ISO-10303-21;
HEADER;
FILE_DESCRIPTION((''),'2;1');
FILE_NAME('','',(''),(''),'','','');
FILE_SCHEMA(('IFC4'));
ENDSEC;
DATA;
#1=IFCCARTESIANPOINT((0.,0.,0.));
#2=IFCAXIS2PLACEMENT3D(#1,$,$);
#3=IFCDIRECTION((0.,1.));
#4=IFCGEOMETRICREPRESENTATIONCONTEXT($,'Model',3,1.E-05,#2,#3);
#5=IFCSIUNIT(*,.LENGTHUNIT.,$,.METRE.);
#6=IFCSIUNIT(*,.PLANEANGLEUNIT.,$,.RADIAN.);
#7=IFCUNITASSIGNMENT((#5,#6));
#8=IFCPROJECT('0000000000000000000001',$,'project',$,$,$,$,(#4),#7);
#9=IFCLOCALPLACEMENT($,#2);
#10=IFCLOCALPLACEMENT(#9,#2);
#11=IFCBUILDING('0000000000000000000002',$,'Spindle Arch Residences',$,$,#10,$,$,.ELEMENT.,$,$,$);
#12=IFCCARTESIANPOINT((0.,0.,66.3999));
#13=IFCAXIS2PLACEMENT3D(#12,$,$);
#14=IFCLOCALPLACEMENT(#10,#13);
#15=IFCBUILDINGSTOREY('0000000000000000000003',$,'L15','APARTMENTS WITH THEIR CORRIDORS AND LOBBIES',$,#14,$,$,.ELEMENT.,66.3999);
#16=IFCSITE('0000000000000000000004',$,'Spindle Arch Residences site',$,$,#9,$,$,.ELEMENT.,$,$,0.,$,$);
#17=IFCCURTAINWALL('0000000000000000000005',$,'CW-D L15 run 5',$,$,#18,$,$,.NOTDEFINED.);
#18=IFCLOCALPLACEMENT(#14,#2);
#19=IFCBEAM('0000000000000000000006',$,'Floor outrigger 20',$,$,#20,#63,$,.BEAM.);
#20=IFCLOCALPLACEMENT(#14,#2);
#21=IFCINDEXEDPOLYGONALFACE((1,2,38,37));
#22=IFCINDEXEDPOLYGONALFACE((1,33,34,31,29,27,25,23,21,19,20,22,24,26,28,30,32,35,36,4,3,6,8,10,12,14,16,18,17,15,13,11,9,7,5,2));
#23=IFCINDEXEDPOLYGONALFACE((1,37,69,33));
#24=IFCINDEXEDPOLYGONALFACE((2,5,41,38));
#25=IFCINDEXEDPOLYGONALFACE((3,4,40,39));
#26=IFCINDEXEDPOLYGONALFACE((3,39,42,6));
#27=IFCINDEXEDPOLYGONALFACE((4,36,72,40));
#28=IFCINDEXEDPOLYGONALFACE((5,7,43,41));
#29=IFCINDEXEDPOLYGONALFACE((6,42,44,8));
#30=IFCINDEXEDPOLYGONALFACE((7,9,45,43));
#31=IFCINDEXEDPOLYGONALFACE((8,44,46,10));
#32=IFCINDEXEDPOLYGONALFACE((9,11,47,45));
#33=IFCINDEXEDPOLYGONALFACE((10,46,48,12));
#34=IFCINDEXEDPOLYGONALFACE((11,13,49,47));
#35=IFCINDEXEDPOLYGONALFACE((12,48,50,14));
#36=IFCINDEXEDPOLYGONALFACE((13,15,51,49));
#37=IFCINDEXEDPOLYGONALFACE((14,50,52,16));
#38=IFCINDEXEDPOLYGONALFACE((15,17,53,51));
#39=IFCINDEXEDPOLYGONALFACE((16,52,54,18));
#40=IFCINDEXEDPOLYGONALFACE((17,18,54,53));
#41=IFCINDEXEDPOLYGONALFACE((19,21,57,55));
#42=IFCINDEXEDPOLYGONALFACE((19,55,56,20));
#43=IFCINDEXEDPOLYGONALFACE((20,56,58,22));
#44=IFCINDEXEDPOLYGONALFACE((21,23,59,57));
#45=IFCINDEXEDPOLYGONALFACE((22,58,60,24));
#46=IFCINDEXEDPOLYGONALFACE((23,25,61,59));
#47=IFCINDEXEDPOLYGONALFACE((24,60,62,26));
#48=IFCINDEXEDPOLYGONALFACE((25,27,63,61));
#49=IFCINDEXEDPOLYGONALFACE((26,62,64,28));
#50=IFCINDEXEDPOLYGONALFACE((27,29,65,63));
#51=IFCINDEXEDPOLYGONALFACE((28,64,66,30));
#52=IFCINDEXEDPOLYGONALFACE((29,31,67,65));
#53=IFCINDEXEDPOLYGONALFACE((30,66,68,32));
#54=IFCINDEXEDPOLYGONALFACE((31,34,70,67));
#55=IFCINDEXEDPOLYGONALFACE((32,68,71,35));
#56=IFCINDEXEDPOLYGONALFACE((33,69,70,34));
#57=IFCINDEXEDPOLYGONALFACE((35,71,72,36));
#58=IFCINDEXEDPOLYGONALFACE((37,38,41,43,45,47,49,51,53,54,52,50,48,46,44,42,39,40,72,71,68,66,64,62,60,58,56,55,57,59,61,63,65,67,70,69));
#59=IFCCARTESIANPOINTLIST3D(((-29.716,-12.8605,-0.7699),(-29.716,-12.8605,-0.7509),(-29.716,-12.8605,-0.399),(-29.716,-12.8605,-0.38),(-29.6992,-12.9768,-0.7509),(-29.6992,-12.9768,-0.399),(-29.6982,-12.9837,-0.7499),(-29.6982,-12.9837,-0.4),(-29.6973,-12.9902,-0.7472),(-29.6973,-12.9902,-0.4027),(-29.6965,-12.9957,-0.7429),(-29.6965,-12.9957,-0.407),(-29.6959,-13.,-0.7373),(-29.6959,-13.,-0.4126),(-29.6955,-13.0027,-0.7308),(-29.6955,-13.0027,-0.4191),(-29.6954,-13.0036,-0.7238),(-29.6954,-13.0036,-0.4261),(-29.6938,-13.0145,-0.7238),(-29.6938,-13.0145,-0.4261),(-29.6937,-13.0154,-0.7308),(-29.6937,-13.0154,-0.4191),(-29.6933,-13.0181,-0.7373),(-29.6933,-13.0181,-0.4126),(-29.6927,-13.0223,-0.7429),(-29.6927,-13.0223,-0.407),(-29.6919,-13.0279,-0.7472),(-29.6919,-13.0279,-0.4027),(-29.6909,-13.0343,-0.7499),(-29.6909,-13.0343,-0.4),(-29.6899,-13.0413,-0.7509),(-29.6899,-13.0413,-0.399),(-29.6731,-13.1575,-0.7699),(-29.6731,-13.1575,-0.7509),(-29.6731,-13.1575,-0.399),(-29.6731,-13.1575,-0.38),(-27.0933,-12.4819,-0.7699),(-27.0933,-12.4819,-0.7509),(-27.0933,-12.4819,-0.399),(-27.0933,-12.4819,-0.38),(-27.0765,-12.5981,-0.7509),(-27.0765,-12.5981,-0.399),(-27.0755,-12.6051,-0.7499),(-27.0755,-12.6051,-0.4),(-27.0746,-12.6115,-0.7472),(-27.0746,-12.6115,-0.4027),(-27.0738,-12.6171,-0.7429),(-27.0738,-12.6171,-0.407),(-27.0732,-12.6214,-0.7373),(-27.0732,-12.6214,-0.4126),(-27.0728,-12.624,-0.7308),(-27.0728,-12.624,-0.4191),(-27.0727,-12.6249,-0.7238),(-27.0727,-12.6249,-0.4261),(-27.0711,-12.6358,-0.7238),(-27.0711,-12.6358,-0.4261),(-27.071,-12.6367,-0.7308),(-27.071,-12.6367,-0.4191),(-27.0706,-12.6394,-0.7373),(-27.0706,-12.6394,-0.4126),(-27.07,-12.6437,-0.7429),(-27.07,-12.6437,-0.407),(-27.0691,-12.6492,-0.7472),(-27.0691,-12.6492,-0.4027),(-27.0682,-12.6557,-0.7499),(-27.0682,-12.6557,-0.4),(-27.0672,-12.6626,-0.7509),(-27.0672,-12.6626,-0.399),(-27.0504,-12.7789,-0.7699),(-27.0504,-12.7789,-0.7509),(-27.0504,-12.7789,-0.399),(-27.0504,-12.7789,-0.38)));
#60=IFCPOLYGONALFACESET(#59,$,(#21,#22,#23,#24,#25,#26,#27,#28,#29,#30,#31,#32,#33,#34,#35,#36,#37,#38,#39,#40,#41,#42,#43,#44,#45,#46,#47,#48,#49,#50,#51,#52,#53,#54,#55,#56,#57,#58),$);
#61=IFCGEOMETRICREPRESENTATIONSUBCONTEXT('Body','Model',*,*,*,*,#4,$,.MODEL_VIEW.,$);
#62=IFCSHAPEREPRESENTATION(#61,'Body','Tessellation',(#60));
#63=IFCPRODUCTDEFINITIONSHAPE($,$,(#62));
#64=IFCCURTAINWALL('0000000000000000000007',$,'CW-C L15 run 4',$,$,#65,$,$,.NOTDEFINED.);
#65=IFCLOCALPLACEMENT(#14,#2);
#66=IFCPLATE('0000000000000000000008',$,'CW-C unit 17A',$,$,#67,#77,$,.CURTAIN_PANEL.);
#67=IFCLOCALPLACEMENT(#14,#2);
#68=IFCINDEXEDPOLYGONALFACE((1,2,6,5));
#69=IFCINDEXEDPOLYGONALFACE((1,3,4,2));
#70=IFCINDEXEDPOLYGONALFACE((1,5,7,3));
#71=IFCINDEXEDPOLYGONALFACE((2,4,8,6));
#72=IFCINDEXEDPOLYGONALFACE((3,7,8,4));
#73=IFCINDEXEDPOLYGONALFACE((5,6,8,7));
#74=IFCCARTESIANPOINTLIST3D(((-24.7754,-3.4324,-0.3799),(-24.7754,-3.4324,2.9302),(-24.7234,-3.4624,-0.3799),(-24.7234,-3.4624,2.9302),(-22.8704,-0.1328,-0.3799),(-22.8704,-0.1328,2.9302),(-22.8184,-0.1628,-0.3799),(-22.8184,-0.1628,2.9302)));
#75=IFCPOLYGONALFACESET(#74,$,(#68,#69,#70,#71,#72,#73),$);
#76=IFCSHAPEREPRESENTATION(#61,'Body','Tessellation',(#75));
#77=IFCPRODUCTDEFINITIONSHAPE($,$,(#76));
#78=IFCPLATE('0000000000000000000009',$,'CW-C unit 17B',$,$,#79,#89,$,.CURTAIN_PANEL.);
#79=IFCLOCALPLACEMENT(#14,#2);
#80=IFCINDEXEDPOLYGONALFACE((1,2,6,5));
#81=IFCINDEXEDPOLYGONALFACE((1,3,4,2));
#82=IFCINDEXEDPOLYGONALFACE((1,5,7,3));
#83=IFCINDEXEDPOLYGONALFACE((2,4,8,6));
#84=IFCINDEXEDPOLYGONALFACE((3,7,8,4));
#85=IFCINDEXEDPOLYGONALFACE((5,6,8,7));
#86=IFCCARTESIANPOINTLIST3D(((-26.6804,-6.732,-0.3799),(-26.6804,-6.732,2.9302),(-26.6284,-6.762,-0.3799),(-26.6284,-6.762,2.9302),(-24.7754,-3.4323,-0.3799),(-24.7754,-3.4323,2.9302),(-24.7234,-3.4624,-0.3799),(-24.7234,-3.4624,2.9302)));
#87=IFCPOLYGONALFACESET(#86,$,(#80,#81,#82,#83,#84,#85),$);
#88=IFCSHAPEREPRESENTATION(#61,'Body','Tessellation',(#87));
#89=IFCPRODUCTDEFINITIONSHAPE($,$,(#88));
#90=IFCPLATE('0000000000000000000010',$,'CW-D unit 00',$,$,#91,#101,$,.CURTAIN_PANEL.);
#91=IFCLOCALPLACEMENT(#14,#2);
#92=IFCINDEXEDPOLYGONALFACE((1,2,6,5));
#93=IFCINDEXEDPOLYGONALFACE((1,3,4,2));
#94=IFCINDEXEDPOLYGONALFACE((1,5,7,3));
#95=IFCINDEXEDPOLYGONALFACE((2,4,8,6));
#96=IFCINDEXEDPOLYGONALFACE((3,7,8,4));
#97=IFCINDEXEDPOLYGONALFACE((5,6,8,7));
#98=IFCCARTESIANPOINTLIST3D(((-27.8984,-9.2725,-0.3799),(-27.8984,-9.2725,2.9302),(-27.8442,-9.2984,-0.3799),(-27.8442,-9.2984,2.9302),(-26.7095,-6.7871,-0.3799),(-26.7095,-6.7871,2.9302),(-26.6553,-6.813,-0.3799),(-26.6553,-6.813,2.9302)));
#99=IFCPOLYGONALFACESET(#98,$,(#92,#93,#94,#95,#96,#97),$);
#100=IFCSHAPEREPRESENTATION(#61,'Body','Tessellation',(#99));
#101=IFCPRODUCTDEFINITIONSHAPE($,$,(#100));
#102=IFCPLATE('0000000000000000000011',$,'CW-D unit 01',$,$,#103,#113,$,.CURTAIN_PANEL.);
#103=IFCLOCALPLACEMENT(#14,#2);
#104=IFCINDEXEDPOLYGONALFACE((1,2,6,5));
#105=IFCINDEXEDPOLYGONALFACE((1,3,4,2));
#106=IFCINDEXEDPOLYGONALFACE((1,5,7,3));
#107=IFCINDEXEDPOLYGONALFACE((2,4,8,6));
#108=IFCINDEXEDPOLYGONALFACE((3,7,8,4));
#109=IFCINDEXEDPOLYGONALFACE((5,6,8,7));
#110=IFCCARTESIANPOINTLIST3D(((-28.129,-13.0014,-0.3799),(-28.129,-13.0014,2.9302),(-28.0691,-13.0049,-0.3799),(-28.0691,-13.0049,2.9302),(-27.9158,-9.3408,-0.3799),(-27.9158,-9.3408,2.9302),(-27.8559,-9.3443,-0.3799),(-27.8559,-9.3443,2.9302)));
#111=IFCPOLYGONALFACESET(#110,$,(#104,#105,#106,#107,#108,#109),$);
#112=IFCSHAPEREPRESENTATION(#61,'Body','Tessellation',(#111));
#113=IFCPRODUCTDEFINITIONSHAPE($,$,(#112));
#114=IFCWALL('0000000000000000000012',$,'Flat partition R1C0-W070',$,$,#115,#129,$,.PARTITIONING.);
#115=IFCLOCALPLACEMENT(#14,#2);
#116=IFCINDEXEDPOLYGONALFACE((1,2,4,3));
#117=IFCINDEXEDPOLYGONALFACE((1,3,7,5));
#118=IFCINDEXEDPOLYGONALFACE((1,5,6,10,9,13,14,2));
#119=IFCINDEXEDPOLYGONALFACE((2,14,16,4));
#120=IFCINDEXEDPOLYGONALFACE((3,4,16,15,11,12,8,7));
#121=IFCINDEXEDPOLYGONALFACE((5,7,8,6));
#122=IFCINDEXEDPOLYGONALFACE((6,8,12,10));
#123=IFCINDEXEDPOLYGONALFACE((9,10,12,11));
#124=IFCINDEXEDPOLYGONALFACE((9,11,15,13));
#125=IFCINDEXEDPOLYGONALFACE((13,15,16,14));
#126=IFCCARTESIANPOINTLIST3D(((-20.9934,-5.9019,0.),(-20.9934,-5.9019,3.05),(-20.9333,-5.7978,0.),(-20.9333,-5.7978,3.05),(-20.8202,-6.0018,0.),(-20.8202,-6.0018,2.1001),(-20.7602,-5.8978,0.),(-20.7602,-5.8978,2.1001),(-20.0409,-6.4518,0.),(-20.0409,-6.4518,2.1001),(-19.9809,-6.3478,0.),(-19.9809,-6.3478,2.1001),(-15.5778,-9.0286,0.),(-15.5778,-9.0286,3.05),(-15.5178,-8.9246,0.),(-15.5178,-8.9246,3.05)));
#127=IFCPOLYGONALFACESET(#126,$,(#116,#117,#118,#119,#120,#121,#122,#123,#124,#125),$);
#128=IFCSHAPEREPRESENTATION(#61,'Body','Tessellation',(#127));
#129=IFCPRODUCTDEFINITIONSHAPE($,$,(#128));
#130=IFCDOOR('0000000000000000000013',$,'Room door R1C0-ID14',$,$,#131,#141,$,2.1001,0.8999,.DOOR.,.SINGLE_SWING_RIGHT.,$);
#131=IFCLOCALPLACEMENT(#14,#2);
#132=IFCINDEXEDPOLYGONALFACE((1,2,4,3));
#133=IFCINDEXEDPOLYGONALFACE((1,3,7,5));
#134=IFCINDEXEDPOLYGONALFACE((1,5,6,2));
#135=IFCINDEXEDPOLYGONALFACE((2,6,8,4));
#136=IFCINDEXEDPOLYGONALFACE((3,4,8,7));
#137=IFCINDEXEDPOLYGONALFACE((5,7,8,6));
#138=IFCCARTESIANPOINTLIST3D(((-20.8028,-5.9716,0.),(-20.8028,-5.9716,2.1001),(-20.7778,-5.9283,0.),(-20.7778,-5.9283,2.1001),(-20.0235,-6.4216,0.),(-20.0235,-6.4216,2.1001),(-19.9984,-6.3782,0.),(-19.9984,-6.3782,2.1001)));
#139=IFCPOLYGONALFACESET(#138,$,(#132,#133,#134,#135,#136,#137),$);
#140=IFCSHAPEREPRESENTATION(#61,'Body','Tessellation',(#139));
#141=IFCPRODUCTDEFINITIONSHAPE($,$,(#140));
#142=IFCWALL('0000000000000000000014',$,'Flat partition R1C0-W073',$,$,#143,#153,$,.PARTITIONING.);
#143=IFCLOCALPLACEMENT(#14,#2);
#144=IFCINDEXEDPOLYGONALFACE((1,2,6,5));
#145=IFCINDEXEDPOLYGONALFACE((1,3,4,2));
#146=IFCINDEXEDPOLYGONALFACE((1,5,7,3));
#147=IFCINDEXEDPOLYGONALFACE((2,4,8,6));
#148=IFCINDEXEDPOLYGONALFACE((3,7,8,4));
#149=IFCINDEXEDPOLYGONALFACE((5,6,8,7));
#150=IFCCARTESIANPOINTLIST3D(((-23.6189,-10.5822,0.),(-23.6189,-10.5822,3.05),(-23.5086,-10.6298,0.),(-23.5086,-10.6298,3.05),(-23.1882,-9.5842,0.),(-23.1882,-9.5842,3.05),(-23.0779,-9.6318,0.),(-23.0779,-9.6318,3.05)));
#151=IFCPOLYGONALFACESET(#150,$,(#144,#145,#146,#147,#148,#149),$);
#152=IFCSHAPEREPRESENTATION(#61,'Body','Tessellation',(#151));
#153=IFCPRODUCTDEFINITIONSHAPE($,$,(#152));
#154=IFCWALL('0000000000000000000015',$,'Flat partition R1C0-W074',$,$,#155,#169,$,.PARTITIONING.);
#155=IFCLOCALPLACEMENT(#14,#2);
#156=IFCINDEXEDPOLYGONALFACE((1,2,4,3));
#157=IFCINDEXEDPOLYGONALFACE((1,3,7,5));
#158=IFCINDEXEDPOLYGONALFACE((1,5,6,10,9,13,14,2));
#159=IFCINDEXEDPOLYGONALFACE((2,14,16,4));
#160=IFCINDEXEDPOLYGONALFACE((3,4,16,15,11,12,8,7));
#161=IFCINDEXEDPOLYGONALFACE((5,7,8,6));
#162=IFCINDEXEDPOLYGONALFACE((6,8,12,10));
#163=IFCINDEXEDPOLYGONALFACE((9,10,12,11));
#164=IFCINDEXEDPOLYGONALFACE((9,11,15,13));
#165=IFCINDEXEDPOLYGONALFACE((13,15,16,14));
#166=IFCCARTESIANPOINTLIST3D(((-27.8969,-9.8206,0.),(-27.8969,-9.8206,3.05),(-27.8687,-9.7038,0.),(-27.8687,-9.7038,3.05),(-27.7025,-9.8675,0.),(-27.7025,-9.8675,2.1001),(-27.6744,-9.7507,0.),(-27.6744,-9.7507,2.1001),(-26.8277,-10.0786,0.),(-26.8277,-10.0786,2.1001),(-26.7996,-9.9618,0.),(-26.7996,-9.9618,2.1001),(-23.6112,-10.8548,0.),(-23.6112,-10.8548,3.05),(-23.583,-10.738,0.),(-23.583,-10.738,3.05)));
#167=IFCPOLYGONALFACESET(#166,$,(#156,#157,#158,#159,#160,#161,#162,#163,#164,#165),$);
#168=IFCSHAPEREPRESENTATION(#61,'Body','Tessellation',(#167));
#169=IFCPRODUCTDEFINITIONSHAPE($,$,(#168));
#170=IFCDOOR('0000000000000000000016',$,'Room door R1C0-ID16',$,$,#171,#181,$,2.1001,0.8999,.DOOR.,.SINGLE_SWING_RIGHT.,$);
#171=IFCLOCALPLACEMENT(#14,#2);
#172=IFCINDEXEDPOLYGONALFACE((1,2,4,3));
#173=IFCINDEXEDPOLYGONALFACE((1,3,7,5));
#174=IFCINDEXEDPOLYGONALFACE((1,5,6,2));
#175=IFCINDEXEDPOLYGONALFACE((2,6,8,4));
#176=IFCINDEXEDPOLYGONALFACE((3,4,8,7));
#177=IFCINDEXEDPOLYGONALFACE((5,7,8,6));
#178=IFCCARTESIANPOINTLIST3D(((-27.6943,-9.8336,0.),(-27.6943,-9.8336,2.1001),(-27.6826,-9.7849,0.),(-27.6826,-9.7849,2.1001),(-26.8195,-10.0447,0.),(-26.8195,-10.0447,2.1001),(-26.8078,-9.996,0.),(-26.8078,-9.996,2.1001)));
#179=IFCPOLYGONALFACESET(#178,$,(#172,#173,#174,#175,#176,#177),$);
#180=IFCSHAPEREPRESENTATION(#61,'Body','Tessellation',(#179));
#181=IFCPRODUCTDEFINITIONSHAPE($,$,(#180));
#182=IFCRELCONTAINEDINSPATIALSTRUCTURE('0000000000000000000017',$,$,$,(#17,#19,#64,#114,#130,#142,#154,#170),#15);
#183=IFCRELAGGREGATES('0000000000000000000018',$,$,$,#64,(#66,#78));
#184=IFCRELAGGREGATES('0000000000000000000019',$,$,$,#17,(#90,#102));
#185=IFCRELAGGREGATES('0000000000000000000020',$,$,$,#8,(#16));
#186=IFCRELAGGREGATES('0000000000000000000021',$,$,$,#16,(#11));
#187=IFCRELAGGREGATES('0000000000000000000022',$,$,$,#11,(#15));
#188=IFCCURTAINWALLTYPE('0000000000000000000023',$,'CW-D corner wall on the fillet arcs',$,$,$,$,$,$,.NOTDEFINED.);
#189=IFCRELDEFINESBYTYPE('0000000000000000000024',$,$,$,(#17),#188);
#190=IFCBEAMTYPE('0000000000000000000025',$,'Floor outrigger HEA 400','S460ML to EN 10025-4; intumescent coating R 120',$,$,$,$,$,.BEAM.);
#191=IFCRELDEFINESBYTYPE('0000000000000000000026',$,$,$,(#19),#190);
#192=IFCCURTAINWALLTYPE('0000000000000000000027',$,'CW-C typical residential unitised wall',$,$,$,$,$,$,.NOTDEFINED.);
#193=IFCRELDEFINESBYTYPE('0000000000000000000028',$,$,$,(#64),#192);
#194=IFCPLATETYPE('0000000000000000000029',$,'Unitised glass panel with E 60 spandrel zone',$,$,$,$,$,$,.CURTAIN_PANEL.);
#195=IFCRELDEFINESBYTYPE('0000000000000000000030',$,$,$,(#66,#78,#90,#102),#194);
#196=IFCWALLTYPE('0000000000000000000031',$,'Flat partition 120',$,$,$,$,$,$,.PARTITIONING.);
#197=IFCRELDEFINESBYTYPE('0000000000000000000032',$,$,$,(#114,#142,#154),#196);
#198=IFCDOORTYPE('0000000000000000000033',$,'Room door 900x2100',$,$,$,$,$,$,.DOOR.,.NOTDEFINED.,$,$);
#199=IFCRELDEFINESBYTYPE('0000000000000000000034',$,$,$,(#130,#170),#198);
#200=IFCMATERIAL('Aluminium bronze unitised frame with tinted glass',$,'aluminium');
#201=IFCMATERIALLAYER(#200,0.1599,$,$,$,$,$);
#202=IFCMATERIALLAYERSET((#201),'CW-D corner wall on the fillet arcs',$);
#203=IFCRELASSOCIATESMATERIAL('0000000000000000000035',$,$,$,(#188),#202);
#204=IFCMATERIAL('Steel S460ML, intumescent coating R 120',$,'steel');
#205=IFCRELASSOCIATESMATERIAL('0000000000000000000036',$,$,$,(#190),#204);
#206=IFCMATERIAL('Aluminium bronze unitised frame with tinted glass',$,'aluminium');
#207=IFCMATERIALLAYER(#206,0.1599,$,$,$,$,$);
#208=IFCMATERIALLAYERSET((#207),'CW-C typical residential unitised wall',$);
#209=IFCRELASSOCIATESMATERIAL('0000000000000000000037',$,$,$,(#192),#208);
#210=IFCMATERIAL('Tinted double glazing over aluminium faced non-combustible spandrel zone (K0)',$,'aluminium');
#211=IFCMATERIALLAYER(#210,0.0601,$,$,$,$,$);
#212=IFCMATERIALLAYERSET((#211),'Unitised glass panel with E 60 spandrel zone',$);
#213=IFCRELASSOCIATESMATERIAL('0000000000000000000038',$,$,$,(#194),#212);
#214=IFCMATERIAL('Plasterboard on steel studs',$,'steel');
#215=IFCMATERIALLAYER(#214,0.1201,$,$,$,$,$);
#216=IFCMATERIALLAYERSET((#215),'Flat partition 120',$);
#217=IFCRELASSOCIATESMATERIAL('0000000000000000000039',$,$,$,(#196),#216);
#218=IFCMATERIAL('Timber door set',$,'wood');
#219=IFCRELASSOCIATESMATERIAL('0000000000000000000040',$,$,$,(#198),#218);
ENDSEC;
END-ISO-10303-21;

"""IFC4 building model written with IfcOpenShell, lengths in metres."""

from ifc_helpers import new_model, si_unit, direction, frame, frame_2d, origin, origin_2d, place, context, subcontext, project, spatial, rectangle, i_section, extrude, material, layer, layer_set, material_profile, profile_set, type_object, element, fill, aggregate, save


model = new_model("IFC4")

# Units and contexts
model_context = context("Model", 3, precision=1e-05, world=origin(), true_north=direction((0.0, 1.0)))
body_context = subcontext(model_context, "Body", "Model", "MODEL_VIEW")
ifc_project = project(units=[si_unit("LENGTHUNIT", "METRE"), si_unit("PLANEANGLEUNIT", "RADIAN")], contexts=[model_context])

# Site, building, storey
site_placement = place(None, origin())
site = spatial("IfcSite", under=ifc_project, at=site_placement, Name="Spindle Arch Residences site", CompositionType="ELEMENT", RefElevation=0.0)
building_placement = place(site_placement, origin())
building = spatial("IfcBuilding", under=site, at=building_placement, Name="Spindle Arch Residences", CompositionType="ELEMENT")
storey_placement = place(building_placement, frame((0.0, 0.0, 66.3999)))
storey = spatial("IfcBuildingStorey", under=building, at=storey_placement, Name="L15", Description="APARTMENTS WITH THEIR CORRIDORS AND LOBBIES", CompositionType="ELEMENT", Elevation=66.3999)

# Curtain wall
ifc_material_1 = material(Name="Aluminium bronze unitised frame with tinted glass", Category="aluminium")
ifc_layer_1 = layer(ifc_material_1, 0.1599)
ifc_layer_set_1 = layer_set([ifc_layer_1], Name="CW-D corner wall on the fillet arcs")
curtain_wall_type_1 = type_object("IfcCurtainWallType", Name="CW-D corner wall on the fillet arcs", PredefinedType="NOTDEFINED", material=ifc_layer_set_1)
curtain_wall_1_placement = place(storey_placement, origin())
curtain_wall_1 = element("IfcCurtainWall", 1, at=curtain_wall_1_placement, inside=storey, type_object=curtain_wall_type_1, Name="CW-D L15 run 5", PredefinedType="NOTDEFINED")

# Beam
ifc_material_2 = material(Name="Steel S460ML, intumescent coating R 120", Category="steel")
ifc_material_profile_1 = material_profile(ifc_material_2, i_section(OverallWidth=0.3, OverallDepth=0.3899, WebThickness=0.011, FlangeThickness=0.019, FilletRadius=0.0271, at=origin_2d()), Name="HEA 400")
ifc_profile_set_1 = profile_set([ifc_material_profile_1], Name="Steel S460ML, intumescent coating R 120")
beam_type_1 = type_object("IfcBeamType", Name="Floor outrigger HEA 400", Description="S460ML to EN 10025-4; intumescent coating R 120", PredefinedType="BEAM", material=ifc_profile_set_1)
beam_1_placement = place(storey_placement, frame((-29.6946, -13.009, -0.575), z_axis=(0.989738, 0.142892, 0.0), x_axis=(-0.142892, 0.989738, 0.0)))
element("IfcBeam", 2, at=beam_1_placement, inside=storey, type_object=beam_type_1, Name="Floor outrigger 20", PredefinedType="BEAM", context=body_context, shape_type="SweptSolid", body=[
    extrude(i_section(OverallWidth=0.3, OverallDepth=0.3899, WebThickness=0.011, FlangeThickness=0.019, FilletRadius=0.0271, at=origin_2d()), origin(), (0.0, 0.0, 1.0), 2.6499),
])

# Curtain wall, plates
ifc_material_3 = material(Name="Aluminium bronze unitised frame with tinted glass", Category="aluminium")
ifc_layer_2 = layer(ifc_material_3, 0.1599)
ifc_layer_set_2 = layer_set([ifc_layer_2], Name="CW-C typical residential unitised wall")
curtain_wall_type_2 = type_object("IfcCurtainWallType", Name="CW-C typical residential unitised wall", PredefinedType="NOTDEFINED", material=ifc_layer_set_2)
curtain_wall_2_placement = place(storey_placement, origin())
curtain_wall_2 = element("IfcCurtainWall", 3, at=curtain_wall_2_placement, inside=storey, type_object=curtain_wall_type_2, Name="CW-C L15 run 4", PredefinedType="NOTDEFINED")
ifc_material_4 = material(Name="Tinted double glazing over aluminium faced non-combustible spandrel zone (K0)", Category="aluminium")
ifc_layer_3 = layer(ifc_material_4, 0.0601)
ifc_layer_set_3 = layer_set([ifc_layer_3], Name="Unitised glass panel with E 60 spandrel zone")
plate_type = type_object("IfcPlateType", Name="Unitised glass panel with E 60 spandrel zone", PredefinedType="CURTAIN_PANEL", material=ifc_layer_set_3)
plate_1_placement = place(storey_placement, frame((-23.7969, -1.7976, -0.3799), z_axis=(0.0, 0.0, 1.0), x_axis=(-0.5, -0.866025, 0.0)))
plate_1 = element("IfcPlate", 4, at=plate_1_placement, type_object=plate_type, Name="CW-C unit 17A", PredefinedType="CURTAIN_PANEL", context=body_context, shape_type="SweptSolid", body=[
    extrude(rectangle(XDim=3.8101, YDim=0.0601, at=origin_2d()), origin(), (0.0, 0.0, 1.0), 3.3101),
])
plate_2_placement = place(storey_placement, frame((-25.7019, -5.0972, -0.3799), z_axis=(0.0, 0.0, 1.0), x_axis=(-0.5, -0.866025, 0.0)))
plate_2 = element("IfcPlate", 5, at=plate_2_placement, type_object=plate_type, Name="CW-C unit 17B", PredefinedType="CURTAIN_PANEL", context=body_context, shape_type="SweptSolid", body=[
    extrude(rectangle(XDim=3.8101, YDim=0.0601, at=origin_2d()), origin(), (0.0, 0.0, 1.0), 3.3101),
])
aggregate(curtain_wall_2, [plate_1, plate_2])

# Plates
plate_3_placement = place(storey_placement, frame((-27.2769, -8.0427, -0.3799), z_axis=(0.0, 0.0, 1.0), x_axis=(-0.431502, -0.902112, 0.0)))
plate_3 = element("IfcPlate", 6, at=plate_3_placement, type_object=plate_type, Name="CW-D unit 00", PredefinedType="CURTAIN_PANEL", context=body_context, shape_type="SweptSolid", body=[
    extrude(rectangle(XDim=2.7551, YDim=0.0601, at=origin_2d()), origin(), (0.0, 0.0, 1.0), 3.3101),
])
plate_4_placement = place(storey_placement, frame((-27.9924, -11.1729, -0.3799), z_axis=(0.0, 0.0, 1.0), x_axis=(-0.058145, -0.998308, 0.0)))
plate_4 = element("IfcPlate", 7, at=plate_4_placement, type_object=plate_type, Name="CW-D unit 01", PredefinedType="CURTAIN_PANEL", context=body_context, shape_type="SweptSolid", body=[
    extrude(rectangle(XDim=3.6667, YDim=0.0601, at=origin_2d()), origin(), (0.0, 0.0, 1.0), 3.3101),
])
aggregate(curtain_wall_1, [plate_3, plate_4])

# Wall, opening, door
ifc_material_5 = material(Name="Plasterboard on steel studs", Category="steel")
ifc_layer_4 = layer(ifc_material_5, 0.1201)
ifc_layer_set_4 = layer_set([ifc_layer_4], Name="Flat partition 120")
wall_type_1 = type_object("IfcWallType", Name="Flat partition 120", PredefinedType="PARTITIONING", material=ifc_layer_set_4)
wall_1_placement = place(storey_placement, frame((-20.9634, -5.8499, 0.0), z_axis=(0.0, 0.0, 1.0), x_axis=(0.866022, -0.500006, 0.0)))
wall_1 = element("IfcWall", 8, at=wall_1_placement, inside=storey, type_object=wall_type_1, Name="Flat partition R1C0-W070", PredefinedType="PARTITIONING", context=body_context, shape_type="SweptSolid", body=[
    extrude(rectangle(XDim=6.2534, YDim=0.1201, at=frame_2d((3.1267, 0.0))), origin(), (0.0, 0.0, 1.0), 3.05),
])
opening_1_placement = place(wall_1_placement, frame((0.2, 0.0, 0.0)))
opening_1 = element("IfcOpeningElement", 9, at=opening_1_placement, cuts=wall_1, PredefinedType="OPENING", context=body_context, shape_type="SweptSolid", body=[
    extrude(rectangle(XDim=0.8999, YDim=2.1001, at=frame_2d((0.45, 1.05))), frame((0.0, 0.0701, 0.0), z_axis=(0.0, -1.0, 0.0), x_axis=(1.0, 0.0, 0.0)), (0.0, 0.0, 1.0), 0.1401),
])
ifc_material_6 = material(Name="Timber door set", Category="wood")
door_type = type_object("IfcDoorType", Name="Room door 900x2100", OperationType="NOTDEFINED", PredefinedType="DOOR", material=ifc_material_6)
door_1_placement = place(opening_1_placement, origin())
door_1 = element("IfcDoor", 10, at=door_1_placement, inside=storey, type_object=door_type, Name="Room door R1C0-ID14", OperationType="SINGLE_SWING_RIGHT", OverallHeight=2.1001, OverallWidth=0.8999, PredefinedType="DOOR", context=body_context, shape_type="SweptSolid", body=[
    extrude(rectangle(XDim=0.8999, YDim=2.1001, at=frame_2d((0.45, 1.05))), frame((0.0, 0.0249, 0.0), z_axis=(0.0, -1.0, 0.0), x_axis=(1.0, 0.0, 0.0)), (0.0, 0.0, 1.0), 0.05),
])
fill(opening_1, door_1)

# Wall
wall_2_placement = place(storey_placement, frame((-23.5637, -10.606, 0.0), z_axis=(0.0, 0.0, 1.0), x_axis=(0.396195, 0.918166, 0.0)))
element("IfcWall", 11, at=wall_2_placement, inside=storey, type_object=wall_type_1, Name="Flat partition R1C0-W073", PredefinedType="PARTITIONING", context=body_context, shape_type="SweptSolid", body=[
    extrude(rectangle(XDim=1.0869, YDim=0.1201, at=frame_2d((0.5435, 0.0))), origin(), (0.0, 0.0, 1.0), 3.05),
])

# Wall, opening, door
wall_3_placement = place(storey_placement, frame((-27.8828, -9.7622, 0.0), z_axis=(0.0, 0.0, 1.0), x_axis=(0.972097, -0.234579, 0.0)))
wall_3 = element("IfcWall", 12, at=wall_3_placement, inside=storey, type_object=wall_type_1, Name="Flat partition R1C0-W074", PredefinedType="PARTITIONING", context=body_context, shape_type="SweptSolid", body=[
    extrude(rectangle(XDim=4.4087, YDim=0.1201, at=frame_2d((2.2043, 0.0))), origin(), (0.0, 0.0, 1.0), 3.05),
])
opening_2_placement = place(wall_3_placement, frame((0.2, 0.0, 0.0)))
opening_2 = element("IfcOpeningElement", 13, at=opening_2_placement, cuts=wall_3, PredefinedType="OPENING", context=body_context, shape_type="SweptSolid", body=[
    extrude(rectangle(XDim=0.8999, YDim=2.1001, at=frame_2d((0.45, 1.05))), frame((0.0, 0.0701, 0.0), z_axis=(0.0, -1.0, 0.0), x_axis=(1.0, 0.0, 0.0)), (0.0, 0.0, 1.0), 0.1401),
])
door_2_placement = place(opening_2_placement, origin())
door_2 = element("IfcDoor", 14, at=door_2_placement, inside=storey, type_object=door_type, Name="Room door R1C0-ID16", OperationType="SINGLE_SWING_RIGHT", OverallHeight=2.1001, OverallWidth=0.8999, PredefinedType="DOOR", context=body_context, shape_type="SweptSolid", body=[
    extrude(rectangle(XDim=0.8999, YDim=2.1001, at=frame_2d((0.45, 1.05))), frame((0.0, 0.0249, 0.0), z_axis=(0.0, -1.0, 0.0), x_axis=(1.0, 0.0, 0.0)), (0.0, 0.0, 1.0), 0.05),
])
fill(opening_2, door_2)

save(model, "model.ifc")
